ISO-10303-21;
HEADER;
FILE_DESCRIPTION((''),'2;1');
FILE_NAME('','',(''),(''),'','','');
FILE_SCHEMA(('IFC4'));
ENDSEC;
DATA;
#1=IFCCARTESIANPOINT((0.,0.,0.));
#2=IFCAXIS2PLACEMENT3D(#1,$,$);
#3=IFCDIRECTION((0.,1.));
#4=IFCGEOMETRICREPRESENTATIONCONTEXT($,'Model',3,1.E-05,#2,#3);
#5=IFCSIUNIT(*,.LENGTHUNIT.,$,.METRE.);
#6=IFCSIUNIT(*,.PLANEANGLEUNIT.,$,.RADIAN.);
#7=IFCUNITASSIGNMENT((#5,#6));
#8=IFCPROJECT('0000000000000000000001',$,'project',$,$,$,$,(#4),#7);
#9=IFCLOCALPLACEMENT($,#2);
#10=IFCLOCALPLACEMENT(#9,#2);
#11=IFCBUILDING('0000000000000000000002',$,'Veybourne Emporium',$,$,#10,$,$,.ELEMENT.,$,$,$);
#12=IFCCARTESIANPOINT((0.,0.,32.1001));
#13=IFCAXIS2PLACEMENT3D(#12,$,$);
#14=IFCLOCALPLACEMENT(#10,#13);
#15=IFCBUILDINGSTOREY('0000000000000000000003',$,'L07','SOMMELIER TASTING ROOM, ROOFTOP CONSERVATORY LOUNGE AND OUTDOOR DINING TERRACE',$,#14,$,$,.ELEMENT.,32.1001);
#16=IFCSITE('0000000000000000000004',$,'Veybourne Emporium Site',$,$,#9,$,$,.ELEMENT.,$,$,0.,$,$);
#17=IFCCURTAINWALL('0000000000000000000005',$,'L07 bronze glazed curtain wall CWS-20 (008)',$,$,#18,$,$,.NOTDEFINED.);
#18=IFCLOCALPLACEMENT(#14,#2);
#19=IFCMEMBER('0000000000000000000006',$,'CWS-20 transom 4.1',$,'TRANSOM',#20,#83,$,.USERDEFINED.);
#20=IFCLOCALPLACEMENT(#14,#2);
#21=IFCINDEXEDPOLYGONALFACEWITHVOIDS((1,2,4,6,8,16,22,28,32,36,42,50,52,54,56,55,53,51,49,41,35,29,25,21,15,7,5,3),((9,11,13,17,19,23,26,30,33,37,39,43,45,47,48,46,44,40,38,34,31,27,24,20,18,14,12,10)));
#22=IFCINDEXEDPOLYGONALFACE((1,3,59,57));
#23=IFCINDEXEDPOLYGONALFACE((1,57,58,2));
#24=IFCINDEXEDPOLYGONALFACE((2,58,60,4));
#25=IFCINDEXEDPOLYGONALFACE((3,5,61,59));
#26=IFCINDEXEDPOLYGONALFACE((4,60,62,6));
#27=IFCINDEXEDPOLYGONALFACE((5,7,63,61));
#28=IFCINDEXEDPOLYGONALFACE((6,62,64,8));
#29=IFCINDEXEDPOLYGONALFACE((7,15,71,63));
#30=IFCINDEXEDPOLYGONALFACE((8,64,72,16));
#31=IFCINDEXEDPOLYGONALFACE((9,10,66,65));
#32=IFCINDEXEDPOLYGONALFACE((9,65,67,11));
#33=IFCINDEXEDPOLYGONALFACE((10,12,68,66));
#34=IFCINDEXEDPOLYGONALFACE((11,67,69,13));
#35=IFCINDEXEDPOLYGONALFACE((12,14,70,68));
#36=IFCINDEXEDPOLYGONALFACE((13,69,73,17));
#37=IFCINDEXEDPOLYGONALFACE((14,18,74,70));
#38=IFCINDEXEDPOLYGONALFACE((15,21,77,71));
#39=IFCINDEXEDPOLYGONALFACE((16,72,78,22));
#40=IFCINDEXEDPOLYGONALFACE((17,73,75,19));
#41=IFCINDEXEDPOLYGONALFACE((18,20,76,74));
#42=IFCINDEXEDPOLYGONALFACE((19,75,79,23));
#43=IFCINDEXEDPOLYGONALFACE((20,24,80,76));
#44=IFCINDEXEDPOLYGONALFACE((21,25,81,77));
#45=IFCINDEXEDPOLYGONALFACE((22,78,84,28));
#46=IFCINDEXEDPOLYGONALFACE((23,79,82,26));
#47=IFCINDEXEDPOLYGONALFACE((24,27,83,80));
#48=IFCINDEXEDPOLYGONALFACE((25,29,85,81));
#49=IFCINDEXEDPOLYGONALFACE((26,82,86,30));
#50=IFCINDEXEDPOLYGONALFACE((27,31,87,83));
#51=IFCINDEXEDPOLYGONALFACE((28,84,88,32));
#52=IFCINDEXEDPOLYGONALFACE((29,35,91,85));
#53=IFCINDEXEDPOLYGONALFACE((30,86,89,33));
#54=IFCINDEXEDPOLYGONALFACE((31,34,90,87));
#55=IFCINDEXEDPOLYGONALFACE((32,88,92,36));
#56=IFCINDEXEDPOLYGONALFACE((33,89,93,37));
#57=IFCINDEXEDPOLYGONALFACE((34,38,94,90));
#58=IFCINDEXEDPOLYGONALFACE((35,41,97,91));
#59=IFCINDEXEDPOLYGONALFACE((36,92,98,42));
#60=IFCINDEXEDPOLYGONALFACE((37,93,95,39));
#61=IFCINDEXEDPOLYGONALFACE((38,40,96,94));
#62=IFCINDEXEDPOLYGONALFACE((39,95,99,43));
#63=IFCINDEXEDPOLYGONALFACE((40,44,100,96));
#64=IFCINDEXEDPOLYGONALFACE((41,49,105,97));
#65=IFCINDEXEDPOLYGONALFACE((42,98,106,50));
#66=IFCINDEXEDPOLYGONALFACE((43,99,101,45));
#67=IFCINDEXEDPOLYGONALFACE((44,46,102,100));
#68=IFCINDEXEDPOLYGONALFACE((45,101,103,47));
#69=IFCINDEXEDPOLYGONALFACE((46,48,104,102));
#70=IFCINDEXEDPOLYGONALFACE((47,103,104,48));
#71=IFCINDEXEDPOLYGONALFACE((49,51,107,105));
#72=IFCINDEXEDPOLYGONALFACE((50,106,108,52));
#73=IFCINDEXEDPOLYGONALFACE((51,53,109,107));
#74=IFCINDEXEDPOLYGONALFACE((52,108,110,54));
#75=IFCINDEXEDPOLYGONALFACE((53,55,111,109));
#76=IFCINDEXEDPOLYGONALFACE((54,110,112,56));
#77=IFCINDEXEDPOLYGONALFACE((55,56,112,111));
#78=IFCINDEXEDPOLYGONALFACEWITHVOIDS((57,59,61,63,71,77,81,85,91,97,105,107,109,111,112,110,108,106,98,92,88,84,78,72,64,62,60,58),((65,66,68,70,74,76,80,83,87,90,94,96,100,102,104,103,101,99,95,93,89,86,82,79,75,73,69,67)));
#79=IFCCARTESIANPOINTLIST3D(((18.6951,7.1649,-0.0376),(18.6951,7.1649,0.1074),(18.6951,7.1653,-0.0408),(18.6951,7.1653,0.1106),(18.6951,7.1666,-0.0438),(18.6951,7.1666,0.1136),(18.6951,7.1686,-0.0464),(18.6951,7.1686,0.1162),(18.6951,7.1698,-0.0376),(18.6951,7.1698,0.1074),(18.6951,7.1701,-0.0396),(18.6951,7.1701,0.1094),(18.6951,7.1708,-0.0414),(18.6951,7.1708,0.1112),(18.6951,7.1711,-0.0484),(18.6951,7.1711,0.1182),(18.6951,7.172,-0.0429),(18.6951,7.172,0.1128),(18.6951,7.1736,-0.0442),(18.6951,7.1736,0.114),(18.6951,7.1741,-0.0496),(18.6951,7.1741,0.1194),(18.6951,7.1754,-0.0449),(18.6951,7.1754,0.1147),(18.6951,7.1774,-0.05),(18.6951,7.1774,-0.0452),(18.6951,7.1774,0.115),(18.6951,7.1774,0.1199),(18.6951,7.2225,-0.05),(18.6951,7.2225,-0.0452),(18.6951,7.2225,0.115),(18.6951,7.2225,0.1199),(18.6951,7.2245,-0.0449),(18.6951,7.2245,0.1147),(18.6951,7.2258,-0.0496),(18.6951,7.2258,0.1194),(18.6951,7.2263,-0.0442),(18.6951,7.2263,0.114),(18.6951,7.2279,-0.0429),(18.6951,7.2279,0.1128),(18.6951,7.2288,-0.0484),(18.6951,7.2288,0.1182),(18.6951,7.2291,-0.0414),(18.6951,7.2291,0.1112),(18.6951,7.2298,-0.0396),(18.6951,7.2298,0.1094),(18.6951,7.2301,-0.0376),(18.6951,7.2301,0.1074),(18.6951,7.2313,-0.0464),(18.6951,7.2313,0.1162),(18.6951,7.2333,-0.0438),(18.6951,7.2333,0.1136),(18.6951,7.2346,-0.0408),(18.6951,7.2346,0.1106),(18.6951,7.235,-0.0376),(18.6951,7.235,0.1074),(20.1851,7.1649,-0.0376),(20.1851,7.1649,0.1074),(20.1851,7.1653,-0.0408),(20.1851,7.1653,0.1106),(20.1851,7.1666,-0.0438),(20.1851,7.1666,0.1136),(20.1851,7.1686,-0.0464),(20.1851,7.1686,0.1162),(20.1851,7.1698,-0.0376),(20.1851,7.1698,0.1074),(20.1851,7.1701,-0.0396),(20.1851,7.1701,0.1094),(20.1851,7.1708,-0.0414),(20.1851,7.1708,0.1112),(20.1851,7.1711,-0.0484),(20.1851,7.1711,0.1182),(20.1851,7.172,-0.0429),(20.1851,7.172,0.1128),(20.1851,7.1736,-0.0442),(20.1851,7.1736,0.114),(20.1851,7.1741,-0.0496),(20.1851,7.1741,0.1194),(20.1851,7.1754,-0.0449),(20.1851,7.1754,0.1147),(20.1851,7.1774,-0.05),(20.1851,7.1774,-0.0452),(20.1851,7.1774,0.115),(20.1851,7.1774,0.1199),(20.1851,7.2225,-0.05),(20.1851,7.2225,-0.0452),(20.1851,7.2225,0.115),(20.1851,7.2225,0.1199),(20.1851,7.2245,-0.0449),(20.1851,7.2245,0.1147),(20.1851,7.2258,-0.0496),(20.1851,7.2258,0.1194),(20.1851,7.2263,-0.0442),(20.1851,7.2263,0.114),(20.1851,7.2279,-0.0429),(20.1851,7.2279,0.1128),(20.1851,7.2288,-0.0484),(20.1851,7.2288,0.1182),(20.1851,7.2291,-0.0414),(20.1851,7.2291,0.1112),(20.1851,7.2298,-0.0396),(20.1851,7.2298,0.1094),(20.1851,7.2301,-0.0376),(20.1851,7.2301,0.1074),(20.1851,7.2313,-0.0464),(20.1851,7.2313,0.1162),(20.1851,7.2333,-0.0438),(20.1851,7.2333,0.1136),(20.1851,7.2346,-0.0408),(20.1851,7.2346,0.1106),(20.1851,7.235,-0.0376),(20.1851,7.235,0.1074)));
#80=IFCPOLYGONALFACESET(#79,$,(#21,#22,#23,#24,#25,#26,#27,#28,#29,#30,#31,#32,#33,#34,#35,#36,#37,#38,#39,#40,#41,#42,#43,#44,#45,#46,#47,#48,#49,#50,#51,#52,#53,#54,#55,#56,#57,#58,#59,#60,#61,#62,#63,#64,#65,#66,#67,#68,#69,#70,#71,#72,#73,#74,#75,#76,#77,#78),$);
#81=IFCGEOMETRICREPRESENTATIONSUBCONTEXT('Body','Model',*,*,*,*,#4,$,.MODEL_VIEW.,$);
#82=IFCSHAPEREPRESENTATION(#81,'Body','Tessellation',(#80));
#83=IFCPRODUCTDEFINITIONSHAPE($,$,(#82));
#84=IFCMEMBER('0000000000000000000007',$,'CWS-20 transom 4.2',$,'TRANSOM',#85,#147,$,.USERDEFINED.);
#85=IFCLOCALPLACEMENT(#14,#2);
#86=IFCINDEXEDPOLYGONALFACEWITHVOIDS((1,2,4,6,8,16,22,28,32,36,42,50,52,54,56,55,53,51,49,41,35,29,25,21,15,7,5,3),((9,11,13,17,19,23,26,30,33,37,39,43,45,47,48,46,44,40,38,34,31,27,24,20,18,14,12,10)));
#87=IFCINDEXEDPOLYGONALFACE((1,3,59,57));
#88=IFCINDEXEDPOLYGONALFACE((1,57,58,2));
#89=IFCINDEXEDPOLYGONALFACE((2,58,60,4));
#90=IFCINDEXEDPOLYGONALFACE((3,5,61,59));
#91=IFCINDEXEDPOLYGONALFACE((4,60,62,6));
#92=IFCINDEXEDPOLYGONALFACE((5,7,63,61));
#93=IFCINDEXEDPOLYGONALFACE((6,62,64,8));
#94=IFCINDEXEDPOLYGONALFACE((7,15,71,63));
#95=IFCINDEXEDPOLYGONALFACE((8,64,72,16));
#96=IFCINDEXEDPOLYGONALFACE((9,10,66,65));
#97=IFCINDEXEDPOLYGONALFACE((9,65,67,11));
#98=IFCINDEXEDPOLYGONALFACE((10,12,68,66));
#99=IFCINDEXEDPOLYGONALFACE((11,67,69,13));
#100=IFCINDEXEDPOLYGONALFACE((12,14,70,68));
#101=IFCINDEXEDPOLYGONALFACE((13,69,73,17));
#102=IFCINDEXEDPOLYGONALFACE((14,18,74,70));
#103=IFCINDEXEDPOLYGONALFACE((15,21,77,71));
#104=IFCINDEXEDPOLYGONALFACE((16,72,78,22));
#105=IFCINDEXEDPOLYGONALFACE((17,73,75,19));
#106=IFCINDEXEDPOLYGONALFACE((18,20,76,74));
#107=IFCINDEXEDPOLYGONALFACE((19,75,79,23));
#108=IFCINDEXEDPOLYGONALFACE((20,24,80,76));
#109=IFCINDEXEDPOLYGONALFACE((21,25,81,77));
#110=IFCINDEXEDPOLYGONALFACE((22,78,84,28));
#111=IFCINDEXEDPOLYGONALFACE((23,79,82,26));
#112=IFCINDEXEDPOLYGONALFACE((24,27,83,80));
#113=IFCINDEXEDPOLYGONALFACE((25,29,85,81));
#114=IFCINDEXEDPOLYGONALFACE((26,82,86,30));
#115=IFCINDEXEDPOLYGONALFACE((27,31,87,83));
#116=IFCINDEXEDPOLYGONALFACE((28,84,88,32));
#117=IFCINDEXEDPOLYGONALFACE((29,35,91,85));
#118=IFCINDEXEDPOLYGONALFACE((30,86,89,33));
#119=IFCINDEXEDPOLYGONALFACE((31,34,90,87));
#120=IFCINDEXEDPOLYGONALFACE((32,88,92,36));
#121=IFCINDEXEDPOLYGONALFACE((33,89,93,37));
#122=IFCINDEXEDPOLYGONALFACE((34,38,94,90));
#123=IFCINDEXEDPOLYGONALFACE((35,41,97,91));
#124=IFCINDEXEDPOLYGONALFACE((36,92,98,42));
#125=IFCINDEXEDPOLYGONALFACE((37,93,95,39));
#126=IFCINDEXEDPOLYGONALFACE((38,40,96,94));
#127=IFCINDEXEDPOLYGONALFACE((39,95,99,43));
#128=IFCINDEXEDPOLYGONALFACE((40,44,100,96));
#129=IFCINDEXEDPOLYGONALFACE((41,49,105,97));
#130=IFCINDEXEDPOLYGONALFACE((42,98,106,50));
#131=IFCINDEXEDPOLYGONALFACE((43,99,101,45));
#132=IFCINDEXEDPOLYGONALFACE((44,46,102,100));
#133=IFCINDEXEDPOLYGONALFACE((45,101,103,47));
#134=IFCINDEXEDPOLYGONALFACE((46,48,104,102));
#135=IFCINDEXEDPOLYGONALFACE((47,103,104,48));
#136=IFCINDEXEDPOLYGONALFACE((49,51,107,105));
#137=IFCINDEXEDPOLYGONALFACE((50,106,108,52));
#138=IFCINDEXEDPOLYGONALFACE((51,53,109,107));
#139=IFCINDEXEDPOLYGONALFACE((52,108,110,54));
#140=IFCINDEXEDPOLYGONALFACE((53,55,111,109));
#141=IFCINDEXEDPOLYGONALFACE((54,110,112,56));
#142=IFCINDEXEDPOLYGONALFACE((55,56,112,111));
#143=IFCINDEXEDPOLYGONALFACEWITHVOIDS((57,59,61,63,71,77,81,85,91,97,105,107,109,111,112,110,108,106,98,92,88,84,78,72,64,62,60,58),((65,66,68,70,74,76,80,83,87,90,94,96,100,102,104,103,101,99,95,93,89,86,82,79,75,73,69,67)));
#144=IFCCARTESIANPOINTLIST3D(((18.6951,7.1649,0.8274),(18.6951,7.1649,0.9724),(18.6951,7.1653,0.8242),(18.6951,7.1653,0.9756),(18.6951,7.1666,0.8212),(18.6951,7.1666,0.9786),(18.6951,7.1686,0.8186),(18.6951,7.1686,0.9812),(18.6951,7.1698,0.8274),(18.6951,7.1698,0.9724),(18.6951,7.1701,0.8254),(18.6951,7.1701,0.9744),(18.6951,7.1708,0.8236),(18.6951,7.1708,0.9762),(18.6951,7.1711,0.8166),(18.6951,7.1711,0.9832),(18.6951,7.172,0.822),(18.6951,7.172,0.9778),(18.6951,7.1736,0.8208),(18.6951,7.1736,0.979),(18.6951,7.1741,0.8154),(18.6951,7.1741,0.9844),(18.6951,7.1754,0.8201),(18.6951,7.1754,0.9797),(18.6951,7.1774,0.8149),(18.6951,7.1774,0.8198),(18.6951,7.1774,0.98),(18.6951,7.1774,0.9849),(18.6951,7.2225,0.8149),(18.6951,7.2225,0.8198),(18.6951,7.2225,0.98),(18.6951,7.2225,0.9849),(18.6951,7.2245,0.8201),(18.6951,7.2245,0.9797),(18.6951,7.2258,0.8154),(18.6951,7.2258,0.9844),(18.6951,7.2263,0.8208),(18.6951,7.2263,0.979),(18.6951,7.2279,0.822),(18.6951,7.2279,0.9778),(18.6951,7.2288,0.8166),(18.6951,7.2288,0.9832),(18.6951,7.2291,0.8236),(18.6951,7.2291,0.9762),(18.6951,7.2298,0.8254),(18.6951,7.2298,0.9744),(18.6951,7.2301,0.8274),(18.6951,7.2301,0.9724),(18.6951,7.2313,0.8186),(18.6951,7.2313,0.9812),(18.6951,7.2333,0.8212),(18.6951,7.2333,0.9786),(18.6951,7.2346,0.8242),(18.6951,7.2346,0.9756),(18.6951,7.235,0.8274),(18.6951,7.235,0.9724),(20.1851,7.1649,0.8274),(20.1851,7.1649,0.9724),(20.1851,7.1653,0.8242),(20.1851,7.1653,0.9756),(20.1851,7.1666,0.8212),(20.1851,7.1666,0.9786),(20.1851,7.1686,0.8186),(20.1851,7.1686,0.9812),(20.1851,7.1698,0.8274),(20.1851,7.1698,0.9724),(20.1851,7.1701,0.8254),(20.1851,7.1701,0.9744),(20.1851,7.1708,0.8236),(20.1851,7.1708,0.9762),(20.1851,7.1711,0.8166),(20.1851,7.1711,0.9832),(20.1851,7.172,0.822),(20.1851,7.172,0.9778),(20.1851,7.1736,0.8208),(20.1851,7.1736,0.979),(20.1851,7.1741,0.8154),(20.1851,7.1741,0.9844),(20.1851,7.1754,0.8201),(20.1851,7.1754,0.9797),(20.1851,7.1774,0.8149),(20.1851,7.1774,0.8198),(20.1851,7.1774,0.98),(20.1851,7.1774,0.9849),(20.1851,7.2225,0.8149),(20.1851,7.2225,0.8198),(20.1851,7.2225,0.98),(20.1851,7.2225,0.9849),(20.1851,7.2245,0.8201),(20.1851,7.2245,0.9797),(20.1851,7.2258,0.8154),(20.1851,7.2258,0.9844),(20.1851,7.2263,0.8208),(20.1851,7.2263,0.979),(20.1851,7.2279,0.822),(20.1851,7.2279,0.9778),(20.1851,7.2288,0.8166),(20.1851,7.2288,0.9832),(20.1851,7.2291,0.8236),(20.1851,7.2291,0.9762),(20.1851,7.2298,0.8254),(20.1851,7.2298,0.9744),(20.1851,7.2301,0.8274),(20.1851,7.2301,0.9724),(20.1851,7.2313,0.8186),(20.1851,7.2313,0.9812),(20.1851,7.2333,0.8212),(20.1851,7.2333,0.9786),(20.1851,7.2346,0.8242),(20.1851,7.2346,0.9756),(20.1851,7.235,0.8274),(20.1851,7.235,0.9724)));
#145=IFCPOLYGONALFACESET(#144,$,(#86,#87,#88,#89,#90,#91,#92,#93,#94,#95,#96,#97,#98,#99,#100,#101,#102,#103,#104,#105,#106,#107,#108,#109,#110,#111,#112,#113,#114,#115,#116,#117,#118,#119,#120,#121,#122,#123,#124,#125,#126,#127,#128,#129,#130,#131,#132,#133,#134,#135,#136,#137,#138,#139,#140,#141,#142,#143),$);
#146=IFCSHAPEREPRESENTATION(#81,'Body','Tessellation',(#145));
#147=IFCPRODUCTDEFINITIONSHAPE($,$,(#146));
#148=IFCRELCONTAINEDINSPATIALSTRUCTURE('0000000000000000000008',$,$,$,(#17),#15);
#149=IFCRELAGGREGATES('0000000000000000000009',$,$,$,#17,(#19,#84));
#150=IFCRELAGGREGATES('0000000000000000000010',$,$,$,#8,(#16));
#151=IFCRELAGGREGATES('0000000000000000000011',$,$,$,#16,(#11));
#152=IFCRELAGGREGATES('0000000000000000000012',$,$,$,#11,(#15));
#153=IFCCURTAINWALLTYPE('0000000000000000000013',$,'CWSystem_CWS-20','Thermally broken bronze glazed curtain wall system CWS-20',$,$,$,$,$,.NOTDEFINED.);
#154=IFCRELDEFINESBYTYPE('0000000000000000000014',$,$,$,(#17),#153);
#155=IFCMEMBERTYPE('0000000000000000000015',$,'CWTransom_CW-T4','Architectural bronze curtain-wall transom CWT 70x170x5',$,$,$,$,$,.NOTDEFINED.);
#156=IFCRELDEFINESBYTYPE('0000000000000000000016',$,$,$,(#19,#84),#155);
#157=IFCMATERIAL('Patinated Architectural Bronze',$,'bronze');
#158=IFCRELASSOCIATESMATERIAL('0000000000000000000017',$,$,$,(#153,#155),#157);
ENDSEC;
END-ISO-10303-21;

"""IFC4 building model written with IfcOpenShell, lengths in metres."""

from ifc_helpers import new_model, si_unit, direction, frame, origin, origin_2d, place, context, subcontext, project, spatial, hollow_rectangle, extrude, material, material_profile, profile_set, type_object, element, aggregate, save


model = new_model("IFC4")

# Units and contexts
model_context = context("Model", 3, precision=1e-05, world=origin(), true_north=direction((0.0, 1.0)))
body_context = subcontext(model_context, "Body", "Model", "MODEL_VIEW")
ifc_project = project(units=[si_unit("LENGTHUNIT", "METRE"), si_unit("PLANEANGLEUNIT", "RADIAN")], contexts=[model_context])

# Site, building, storey
site_placement = place(None, origin())
site = spatial("IfcSite", under=ifc_project, at=site_placement, Name="Veybourne Emporium Site", CompositionType="ELEMENT", RefElevation=0.0)
building_placement = place(site_placement, origin())
building = spatial("IfcBuilding", under=site, at=building_placement, Name="Veybourne Emporium", CompositionType="ELEMENT")
storey_placement = place(building_placement, frame((0.0, 0.0, 32.1001)))
storey = spatial("IfcBuildingStorey", under=building, at=storey_placement, Name="L07", Description="SOMMELIER TASTING ROOM, ROOFTOP CONSERVATORY LOUNGE AND OUTDOOR DINING TERRACE", CompositionType="ELEMENT", Elevation=32.1001)

# Curtain wall, members
ifc_material_1 = material(Name="Patinated Architectural Bronze", Category="bronze")
curtain_wall_type = type_object("IfcCurtainWallType", Name="CWSystem_CWS-20", Description="Thermally broken bronze glazed curtain wall system CWS-20", PredefinedType="NOTDEFINED", material=ifc_material_1)
curtain_wall_placement = place(storey_placement, origin())
curtain_wall = element("IfcCurtainWall", 1, at=curtain_wall_placement, inside=storey, type_object=curtain_wall_type, Name="L07 bronze glazed curtain wall CWS-20 (008)", PredefinedType="NOTDEFINED")
ifc_material_profile_1 = material_profile(ifc_material_1, hollow_rectangle(XDim=0.0701, YDim=0.1699, WallThickness=0.0049, InnerFilletRadius=0.0076, OuterFilletRadius=0.0125, at=origin_2d()), Name="CWT 70x170x5")
ifc_profile_set_1 = profile_set([ifc_material_profile_1], Name="Patinated Architectural Bronze")
member_type_1 = type_object("IfcMemberType", Name="CWTransom_CW-T4", Description="Architectural bronze curtain-wall transom CWT 70x170x5", PredefinedType="NOTDEFINED", material=ifc_profile_set_1)
member_1_placement = place(storey_placement, frame((20.1851, 7.2, 0.0349), z_axis=(-1.0, 0.0, 0.0), x_axis=(0.0, -1.0, 0.0)))
member_1 = element("IfcMember", 2, at=member_1_placement, type_object=member_type_1, Name="CWS-20 transom 4.1", ObjectType="TRANSOM", PredefinedType="USERDEFINED", context=body_context, shape_type="SweptSolid", body=[
    extrude(hollow_rectangle(XDim=0.0701, YDim=0.1699, WallThickness=0.0049, InnerFilletRadius=0.0076, OuterFilletRadius=0.0125, at=origin_2d()), origin(), (0.0, 0.0, 1.0), 1.49),
])
member_2_placement = place(storey_placement, frame((20.1851, 7.2, 0.8999), z_axis=(-1.0, 0.0, 0.0), x_axis=(0.0, -1.0, 0.0)))
member_2 = element("IfcMember", 3, at=member_2_placement, type_object=member_type_1, Name="CWS-20 transom 4.2", ObjectType="TRANSOM", PredefinedType="USERDEFINED", context=body_context, shape_type="SweptSolid", body=[
    extrude(hollow_rectangle(XDim=0.0701, YDim=0.1699, WallThickness=0.0049, InnerFilletRadius=0.0076, OuterFilletRadius=0.0125, at=origin_2d()), origin(), (0.0, 0.0, 1.0), 1.49),
])
aggregate(curtain_wall, [member_1, member_2])

save(model, "model.ifc")
